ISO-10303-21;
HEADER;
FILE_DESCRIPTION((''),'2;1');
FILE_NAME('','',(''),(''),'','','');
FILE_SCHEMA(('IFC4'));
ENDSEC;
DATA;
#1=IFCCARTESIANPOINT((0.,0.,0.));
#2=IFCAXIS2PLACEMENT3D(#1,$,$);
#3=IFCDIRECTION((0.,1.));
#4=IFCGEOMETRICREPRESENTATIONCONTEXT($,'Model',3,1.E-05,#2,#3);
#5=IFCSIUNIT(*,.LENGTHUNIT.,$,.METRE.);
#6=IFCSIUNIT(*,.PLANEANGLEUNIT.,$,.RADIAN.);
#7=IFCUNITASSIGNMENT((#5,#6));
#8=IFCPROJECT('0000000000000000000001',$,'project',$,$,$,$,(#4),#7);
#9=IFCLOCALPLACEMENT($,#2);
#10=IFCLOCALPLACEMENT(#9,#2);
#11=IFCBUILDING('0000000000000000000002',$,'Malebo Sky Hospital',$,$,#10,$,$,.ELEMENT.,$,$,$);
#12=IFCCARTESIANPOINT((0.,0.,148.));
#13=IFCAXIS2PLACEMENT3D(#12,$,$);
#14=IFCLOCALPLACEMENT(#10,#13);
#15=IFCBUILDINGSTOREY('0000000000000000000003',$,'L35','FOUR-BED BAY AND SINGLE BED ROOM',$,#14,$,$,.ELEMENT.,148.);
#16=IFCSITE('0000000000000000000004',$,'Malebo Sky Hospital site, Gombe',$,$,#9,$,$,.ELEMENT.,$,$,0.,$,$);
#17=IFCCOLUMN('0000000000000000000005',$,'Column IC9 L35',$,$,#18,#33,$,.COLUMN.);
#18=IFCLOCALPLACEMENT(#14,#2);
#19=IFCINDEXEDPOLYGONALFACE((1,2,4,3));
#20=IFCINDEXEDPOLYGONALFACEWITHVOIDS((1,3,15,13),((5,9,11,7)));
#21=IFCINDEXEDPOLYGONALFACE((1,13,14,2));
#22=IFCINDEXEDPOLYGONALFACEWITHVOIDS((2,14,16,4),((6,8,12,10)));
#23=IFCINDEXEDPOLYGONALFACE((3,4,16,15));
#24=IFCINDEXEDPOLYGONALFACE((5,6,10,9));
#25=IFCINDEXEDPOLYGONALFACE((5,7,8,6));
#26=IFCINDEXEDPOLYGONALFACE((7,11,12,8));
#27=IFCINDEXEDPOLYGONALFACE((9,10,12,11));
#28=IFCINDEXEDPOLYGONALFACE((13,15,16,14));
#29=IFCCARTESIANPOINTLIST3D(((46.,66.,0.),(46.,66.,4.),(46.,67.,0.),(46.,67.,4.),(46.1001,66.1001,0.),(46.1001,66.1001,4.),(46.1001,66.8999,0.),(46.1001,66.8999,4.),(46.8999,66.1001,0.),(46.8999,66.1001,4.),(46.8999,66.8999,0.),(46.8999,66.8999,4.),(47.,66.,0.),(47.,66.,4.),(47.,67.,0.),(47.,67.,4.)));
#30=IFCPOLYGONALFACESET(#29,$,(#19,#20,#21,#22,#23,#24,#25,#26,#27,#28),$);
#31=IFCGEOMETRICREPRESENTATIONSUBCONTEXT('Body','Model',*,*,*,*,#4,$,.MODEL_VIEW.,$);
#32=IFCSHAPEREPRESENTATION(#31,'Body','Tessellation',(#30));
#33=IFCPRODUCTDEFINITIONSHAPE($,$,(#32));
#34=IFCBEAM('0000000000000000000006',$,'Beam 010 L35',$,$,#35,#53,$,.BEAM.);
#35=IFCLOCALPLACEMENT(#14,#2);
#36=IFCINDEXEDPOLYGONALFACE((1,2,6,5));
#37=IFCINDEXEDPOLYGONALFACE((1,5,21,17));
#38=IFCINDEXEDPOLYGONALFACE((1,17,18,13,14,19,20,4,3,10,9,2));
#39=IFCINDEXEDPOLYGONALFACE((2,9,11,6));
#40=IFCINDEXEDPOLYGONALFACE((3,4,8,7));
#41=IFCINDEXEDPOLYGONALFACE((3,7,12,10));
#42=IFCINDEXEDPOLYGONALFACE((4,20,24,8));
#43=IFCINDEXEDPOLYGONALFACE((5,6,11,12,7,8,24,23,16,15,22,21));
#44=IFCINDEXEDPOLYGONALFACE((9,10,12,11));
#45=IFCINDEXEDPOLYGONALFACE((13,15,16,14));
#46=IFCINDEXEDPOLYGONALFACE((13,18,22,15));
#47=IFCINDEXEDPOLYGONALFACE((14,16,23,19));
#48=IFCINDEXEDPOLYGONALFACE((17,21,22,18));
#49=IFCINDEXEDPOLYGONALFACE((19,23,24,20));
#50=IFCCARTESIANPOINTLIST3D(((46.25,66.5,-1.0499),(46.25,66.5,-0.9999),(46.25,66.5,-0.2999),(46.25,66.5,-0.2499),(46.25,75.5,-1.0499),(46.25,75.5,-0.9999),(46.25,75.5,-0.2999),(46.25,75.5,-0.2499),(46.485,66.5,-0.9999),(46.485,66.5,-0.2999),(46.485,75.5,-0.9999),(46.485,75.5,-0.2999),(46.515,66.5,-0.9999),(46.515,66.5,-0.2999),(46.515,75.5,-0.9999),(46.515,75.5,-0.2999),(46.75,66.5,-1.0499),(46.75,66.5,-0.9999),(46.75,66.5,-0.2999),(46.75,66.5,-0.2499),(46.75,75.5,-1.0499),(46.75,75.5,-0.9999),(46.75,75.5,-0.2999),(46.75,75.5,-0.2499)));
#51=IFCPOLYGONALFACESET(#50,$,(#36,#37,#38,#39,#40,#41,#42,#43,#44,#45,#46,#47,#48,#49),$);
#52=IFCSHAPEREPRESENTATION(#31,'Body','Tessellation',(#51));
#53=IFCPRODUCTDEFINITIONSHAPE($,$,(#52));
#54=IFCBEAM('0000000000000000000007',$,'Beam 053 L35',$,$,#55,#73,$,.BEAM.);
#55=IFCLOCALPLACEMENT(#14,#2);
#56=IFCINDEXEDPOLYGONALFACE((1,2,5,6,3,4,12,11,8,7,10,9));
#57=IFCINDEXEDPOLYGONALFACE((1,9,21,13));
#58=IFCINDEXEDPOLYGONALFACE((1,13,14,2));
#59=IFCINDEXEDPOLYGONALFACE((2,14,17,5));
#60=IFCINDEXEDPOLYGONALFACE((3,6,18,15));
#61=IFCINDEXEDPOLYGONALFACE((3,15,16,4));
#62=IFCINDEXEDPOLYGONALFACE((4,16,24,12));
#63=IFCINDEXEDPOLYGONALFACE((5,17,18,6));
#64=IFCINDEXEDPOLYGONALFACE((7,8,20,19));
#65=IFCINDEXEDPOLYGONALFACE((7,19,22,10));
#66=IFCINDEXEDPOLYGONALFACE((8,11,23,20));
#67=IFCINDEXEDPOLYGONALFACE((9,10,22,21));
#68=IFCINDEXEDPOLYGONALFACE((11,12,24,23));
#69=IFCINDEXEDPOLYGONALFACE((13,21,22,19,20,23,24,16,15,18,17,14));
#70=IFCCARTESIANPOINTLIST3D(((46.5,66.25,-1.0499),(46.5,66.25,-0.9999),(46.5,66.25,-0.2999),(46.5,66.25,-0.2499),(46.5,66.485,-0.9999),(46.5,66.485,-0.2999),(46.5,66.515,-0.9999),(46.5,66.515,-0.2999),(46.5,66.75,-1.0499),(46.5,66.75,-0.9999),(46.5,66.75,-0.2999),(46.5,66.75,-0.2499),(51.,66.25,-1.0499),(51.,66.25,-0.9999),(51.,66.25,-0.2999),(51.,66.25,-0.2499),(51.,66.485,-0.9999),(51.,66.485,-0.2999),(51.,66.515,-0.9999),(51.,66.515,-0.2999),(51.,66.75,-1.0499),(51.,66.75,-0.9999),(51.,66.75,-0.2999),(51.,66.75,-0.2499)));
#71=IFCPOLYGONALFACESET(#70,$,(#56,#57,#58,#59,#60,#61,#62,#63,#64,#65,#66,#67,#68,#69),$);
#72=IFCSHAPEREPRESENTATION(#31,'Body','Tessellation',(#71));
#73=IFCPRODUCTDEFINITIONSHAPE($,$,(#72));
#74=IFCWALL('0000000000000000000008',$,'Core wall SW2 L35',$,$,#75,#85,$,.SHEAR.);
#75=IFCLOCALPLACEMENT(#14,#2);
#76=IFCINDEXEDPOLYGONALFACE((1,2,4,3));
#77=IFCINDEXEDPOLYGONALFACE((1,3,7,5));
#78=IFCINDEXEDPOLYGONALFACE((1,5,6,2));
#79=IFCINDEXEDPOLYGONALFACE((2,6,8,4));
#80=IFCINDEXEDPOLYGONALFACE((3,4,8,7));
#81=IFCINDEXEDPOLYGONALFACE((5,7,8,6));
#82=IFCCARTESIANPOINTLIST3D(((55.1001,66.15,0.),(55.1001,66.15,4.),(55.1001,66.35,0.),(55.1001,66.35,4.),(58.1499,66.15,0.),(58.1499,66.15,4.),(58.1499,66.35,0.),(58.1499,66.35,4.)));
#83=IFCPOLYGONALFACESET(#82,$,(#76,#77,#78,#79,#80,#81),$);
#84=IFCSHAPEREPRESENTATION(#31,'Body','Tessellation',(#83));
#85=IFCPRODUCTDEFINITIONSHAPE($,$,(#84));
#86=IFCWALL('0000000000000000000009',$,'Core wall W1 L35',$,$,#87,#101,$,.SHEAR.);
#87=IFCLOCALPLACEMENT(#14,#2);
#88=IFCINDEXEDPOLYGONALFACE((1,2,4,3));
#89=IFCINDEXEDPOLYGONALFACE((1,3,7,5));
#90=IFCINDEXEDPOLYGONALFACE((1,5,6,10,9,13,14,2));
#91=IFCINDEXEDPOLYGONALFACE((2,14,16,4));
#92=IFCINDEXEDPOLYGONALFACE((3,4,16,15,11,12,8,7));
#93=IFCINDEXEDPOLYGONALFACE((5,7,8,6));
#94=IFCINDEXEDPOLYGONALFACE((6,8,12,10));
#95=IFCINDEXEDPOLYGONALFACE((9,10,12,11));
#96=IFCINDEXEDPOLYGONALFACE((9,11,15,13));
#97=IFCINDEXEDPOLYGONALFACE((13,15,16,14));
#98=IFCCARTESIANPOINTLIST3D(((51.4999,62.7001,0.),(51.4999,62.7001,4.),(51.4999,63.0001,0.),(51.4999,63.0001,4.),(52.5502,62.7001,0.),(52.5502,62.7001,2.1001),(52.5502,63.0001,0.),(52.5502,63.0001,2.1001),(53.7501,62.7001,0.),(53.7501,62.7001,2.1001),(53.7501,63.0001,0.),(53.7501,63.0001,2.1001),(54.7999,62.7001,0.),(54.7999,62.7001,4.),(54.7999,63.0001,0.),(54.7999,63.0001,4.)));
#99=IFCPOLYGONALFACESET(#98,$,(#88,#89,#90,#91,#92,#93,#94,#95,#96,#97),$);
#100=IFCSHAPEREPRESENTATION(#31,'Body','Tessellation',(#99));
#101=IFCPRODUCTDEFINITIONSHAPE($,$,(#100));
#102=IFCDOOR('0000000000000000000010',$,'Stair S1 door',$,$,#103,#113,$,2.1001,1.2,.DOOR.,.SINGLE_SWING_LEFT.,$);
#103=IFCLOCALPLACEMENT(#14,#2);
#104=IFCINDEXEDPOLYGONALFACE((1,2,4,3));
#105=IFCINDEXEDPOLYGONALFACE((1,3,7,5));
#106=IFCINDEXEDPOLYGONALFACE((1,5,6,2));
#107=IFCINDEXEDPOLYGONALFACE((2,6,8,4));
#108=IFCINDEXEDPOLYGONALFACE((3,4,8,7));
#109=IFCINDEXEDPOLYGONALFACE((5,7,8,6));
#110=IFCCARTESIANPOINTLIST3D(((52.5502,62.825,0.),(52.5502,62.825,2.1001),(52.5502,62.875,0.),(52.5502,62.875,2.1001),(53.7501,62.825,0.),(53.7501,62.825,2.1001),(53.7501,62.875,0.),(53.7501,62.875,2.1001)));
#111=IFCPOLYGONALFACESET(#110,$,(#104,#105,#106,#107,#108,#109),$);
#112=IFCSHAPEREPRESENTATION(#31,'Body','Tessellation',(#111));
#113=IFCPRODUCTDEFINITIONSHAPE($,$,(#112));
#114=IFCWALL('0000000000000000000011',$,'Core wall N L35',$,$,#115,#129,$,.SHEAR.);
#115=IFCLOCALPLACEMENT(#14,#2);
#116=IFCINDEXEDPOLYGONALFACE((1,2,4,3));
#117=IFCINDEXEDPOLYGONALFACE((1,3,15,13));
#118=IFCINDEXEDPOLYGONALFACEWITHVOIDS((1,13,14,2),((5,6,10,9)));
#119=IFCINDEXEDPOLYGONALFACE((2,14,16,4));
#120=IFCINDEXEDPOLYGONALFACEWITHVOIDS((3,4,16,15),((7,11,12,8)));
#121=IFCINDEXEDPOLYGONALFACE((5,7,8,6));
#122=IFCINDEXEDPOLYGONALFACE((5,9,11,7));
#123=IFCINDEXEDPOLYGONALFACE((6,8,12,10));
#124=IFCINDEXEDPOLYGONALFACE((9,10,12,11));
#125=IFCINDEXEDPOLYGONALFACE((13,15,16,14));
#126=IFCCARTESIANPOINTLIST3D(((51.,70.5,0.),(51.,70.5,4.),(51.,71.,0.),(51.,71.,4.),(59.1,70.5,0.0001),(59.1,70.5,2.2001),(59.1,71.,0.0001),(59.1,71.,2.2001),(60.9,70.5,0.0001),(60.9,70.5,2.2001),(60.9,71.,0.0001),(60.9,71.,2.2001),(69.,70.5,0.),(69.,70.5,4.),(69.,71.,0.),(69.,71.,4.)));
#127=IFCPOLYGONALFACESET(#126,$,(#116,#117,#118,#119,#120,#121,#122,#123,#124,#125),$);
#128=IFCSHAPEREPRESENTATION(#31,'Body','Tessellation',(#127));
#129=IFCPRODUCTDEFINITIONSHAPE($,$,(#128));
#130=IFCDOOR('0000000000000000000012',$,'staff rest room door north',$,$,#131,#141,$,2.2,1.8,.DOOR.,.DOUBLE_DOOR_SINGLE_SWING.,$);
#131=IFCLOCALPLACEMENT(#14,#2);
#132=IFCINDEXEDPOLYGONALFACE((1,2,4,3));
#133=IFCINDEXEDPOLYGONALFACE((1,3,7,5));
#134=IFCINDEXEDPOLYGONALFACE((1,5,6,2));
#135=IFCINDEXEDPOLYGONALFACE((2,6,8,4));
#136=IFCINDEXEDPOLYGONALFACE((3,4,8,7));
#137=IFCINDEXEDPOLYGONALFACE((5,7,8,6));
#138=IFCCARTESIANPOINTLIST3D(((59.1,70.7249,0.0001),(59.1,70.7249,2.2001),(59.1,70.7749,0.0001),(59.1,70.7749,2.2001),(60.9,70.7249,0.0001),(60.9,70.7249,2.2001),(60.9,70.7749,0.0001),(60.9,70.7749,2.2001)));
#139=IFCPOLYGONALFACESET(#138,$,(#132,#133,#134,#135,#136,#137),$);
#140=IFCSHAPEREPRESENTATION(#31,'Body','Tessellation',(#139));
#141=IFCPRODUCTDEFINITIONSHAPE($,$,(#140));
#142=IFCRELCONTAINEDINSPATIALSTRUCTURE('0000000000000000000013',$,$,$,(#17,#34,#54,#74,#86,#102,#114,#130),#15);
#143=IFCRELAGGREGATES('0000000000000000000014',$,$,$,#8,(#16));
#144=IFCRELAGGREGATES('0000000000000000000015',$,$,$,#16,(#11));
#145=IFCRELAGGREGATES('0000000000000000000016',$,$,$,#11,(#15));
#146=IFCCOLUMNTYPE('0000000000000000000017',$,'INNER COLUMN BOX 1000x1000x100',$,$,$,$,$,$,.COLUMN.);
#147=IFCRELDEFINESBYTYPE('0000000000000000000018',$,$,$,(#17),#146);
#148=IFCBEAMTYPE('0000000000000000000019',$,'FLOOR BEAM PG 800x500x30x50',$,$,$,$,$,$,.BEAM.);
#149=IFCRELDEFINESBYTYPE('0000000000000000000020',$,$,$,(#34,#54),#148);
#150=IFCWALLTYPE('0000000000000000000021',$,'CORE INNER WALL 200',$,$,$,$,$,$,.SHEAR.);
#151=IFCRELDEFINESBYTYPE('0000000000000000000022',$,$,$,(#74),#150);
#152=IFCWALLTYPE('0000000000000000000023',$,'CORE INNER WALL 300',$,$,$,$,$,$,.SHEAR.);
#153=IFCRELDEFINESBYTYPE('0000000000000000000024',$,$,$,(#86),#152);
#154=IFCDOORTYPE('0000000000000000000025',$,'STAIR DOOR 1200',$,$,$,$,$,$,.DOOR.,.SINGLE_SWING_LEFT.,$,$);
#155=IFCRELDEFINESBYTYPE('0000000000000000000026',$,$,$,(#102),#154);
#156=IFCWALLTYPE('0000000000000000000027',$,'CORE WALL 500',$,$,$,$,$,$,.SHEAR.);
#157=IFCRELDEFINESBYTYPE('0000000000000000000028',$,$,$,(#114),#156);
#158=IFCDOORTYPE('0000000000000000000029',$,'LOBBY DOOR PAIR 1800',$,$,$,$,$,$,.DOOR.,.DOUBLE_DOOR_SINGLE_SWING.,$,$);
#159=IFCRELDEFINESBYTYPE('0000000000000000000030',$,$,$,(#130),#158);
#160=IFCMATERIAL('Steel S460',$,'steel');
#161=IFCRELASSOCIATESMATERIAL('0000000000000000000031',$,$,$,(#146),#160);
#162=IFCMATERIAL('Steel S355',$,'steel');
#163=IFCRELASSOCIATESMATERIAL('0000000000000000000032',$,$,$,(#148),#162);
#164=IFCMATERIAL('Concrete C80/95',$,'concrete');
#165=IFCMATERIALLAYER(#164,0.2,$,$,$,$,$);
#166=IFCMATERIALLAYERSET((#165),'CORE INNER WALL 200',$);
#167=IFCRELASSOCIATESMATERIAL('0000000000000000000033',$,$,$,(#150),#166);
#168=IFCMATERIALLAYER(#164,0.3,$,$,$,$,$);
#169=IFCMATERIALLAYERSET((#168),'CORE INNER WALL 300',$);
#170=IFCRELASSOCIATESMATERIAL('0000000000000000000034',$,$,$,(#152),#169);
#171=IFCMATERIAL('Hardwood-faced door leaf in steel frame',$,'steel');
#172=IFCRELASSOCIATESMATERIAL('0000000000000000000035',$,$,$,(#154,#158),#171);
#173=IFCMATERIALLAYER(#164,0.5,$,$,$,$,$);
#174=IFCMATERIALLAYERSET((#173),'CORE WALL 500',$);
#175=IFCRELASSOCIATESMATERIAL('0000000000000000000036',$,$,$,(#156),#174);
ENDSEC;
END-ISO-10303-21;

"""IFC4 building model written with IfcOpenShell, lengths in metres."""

from ifc_helpers import new_model, si_unit, direction, frame, frame_2d, origin, origin_2d, place, context, subcontext, project, spatial, rectangle, hollow_rectangle, i_section, extrude, material, layer, layer_set, material_profile, profile_set, type_object, element, fill, save


model = new_model("IFC4")

# Units and contexts
model_context = context("Model", 3, precision=1e-05, world=origin(), true_north=direction((0.0, 1.0)))
body_context = subcontext(model_context, "Body", "Model", "MODEL_VIEW")
ifc_project = project(units=[si_unit("LENGTHUNIT", "METRE"), si_unit("PLANEANGLEUNIT", "RADIAN")], contexts=[model_context])

# Site, building, storey
site_placement = place(None, origin())
site = spatial("IfcSite", under=ifc_project, at=site_placement, Name="Malebo Sky Hospital site, Gombe", CompositionType="ELEMENT", RefElevation=0.0)
building_placement = place(site_placement, origin())
building = spatial("IfcBuilding", under=site, at=building_placement, Name="Malebo Sky Hospital", CompositionType="ELEMENT")
storey_placement = place(building_placement, frame((0.0, 0.0, 148.0)))
storey = spatial("IfcBuildingStorey", under=building, at=storey_placement, Name="L35", Description="FOUR-BED BAY AND SINGLE BED ROOM", CompositionType="ELEMENT", Elevation=148.0)

# Column
ifc_material_1 = material(Name="Steel S460", Category="steel")
ifc_material_profile_1 = material_profile(ifc_material_1, hollow_rectangle(XDim=1.0, YDim=1.0, WallThickness=0.1001, at=origin_2d()), Name="BOX 1000x1000x100")
ifc_profile_set_1 = profile_set([ifc_material_profile_1], Name="Steel S460")
column_type = type_object("IfcColumnType", Name="INNER COLUMN BOX 1000x1000x100", PredefinedType="COLUMN", material=ifc_profile_set_1)
column_placement = place(storey_placement, frame((46.5, 66.5, 0.0), z_axis=(0.0, 0.0, 1.0), x_axis=(1.0, 0.0, 0.0)))
element("IfcColumn", 1, at=column_placement, inside=storey, type_object=column_type, Name="Column IC9 L35", PredefinedType="COLUMN", context=body_context, shape_type="SweptSolid", body=[
    extrude(hollow_rectangle(XDim=1.0, YDim=1.0, WallThickness=0.1001, at=origin_2d()), origin(), (0.0, 0.0, 1.0), 4.0),
])

# Beams
ifc_material_2 = material(Name="Steel S355", Category="steel")
ifc_material_profile_2 = material_profile(ifc_material_2, i_section(OverallWidth=0.5, OverallDepth=0.8, WebThickness=0.03, FlangeThickness=0.05, at=origin_2d()), Name="PG 800x500x30x50")
ifc_profile_set_2 = profile_set([ifc_material_profile_2], Name="Steel S355")
beam_type = type_object("IfcBeamType", Name="FLOOR BEAM PG 800x500x30x50", PredefinedType="BEAM", material=ifc_profile_set_2)
beam_1_placement = place(storey_placement, frame((46.5, 66.5, -0.6499), z_axis=(0.0, 1.0, 0.0), x_axis=(-1.0, 0.0, 0.0)))
element("IfcBeam", 2, at=beam_1_placement, inside=storey, type_object=beam_type, Name="Beam 010 L35", PredefinedType="BEAM", context=body_context, shape_type="SweptSolid", body=[
    extrude(i_section(OverallWidth=0.5, OverallDepth=0.8, WebThickness=0.03, FlangeThickness=0.05, at=origin_2d()), origin(), (0.0, 0.0, 1.0), 9.0),
])
beam_2_placement = place(storey_placement, frame((46.5, 66.5, -0.6499), z_axis=(1.0, 0.0, 0.0), x_axis=(0.0, 1.0, 0.0)))
element("IfcBeam", 3, at=beam_2_placement, inside=storey, type_object=beam_type, Name="Beam 053 L35", PredefinedType="BEAM", context=body_context, shape_type="SweptSolid", body=[
    extrude(i_section(OverallWidth=0.5, OverallDepth=0.8, WebThickness=0.03, FlangeThickness=0.05, at=origin_2d()), origin(), (0.0, 0.0, 1.0), 4.5),
])

# Wall
ifc_material_3 = material(Name="Concrete C80/95", Category="concrete")
ifc_layer_1 = layer(ifc_material_3, 0.2)
ifc_layer_set_1 = layer_set([ifc_layer_1], Name="CORE INNER WALL 200")
wall_type_1 = type_object("IfcWallType", Name="CORE INNER WALL 200", PredefinedType="SHEAR", material=ifc_layer_set_1)
wall_1_placement = place(storey_placement, frame((55.1001, 66.25, 0.0), z_axis=(0.0, 0.0, 1.0), x_axis=(1.0, 0.0, 0.0)))
element("IfcWall", 4, at=wall_1_placement, inside=storey, type_object=wall_type_1, Name="Core wall SW2 L35", PredefinedType="SHEAR", context=body_context, shape_type="SweptSolid", body=[
    extrude(rectangle(XDim=3.0498, YDim=0.2, at=frame_2d((1.5249, 0.0))), origin(), (0.0, 0.0, 1.0), 4.0),
])

# Walls, openings, doors
ifc_layer_2 = layer(ifc_material_3, 0.3)
ifc_layer_set_2 = layer_set([ifc_layer_2], Name="CORE INNER WALL 300")
wall_type_2 = type_object("IfcWallType", Name="CORE INNER WALL 300", PredefinedType="SHEAR", material=ifc_layer_set_2)
wall_2_placement = place(storey_placement, frame((51.5, 62.8501, 0.0), z_axis=(0.0, 0.0, 1.0), x_axis=(1.0, 0.0, 0.0)))
wall_2 = element("IfcWall", 5, at=wall_2_placement, inside=storey, type_object=wall_type_2, Name="Core wall W1 L35", PredefinedType="SHEAR", context=body_context, shape_type="SweptSolid", body=[
    extrude(rectangle(XDim=3.3, YDim=0.3, at=frame_2d((1.6499, 0.0))), origin(), (0.0, 0.0, 1.0), 4.0),
])
opening_1_placement = place(wall_2_placement, frame((1.05, 0.0, 0.0)))
opening_1 = element("IfcOpeningElement", 6, at=opening_1_placement, cuts=wall_2, PredefinedType="OPENING", context=body_context, shape_type="SweptSolid", body=[
    extrude(rectangle(XDim=1.2, YDim=2.1001, at=frame_2d((0.6001, 1.05))), frame((0.0, 0.1599, 0.0), z_axis=(0.0, -1.0, 0.0), x_axis=(1.0, 0.0, 0.0)), (0.0, 0.0, 1.0), 0.3201),
])
ifc_material_4 = material(Name="Hardwood-faced door leaf in steel frame", Category="steel")
door_type_1 = type_object("IfcDoorType", Name="STAIR DOOR 1200", OperationType="SINGLE_SWING_LEFT", PredefinedType="DOOR", material=ifc_material_4)
door_1_placement = place(opening_1_placement, origin())
door_1 = element("IfcDoor", 7, at=door_1_placement, inside=storey, type_object=door_type_1, Name="Stair S1 door", OperationType="SINGLE_SWING_LEFT", OverallHeight=2.1001, OverallWidth=1.2, PredefinedType="DOOR", context=body_context, shape_type="SweptSolid", body=[
    extrude(rectangle(XDim=1.2, YDim=2.1001, at=frame_2d((0.6001, 1.05))), frame((0.0, 0.0249, 0.0), z_axis=(0.0, -1.0, 0.0), x_axis=(1.0, 0.0, 0.0)), (0.0, 0.0, 1.0), 0.05),
])
fill(opening_1, door_1)
ifc_layer_3 = layer(ifc_material_3, 0.5)
ifc_layer_set_3 = layer_set([ifc_layer_3], Name="CORE WALL 500")
wall_type_3 = type_object("IfcWallType", Name="CORE WALL 500", PredefinedType="SHEAR", material=ifc_layer_set_3)
wall_3_placement = place(storey_placement, frame((51.0, 70.75, 0.0), z_axis=(0.0, 0.0, 1.0), x_axis=(1.0, 0.0, 0.0)))
wall_3 = element("IfcWall", 8, at=wall_3_placement, inside=storey, type_object=wall_type_3, Name="Core wall N L35", PredefinedType="SHEAR", context=body_context, shape_type="SweptSolid", body=[
    extrude(rectangle(XDim=18.0, YDim=0.5, at=frame_2d((9.0, 0.0))), origin(), (0.0, 0.0, 1.0), 4.0),
])
opening_2_placement = place(wall_3_placement, frame((8.1001, 0.0, 0.0)))
opening_2 = element("IfcOpeningElement", 9, at=opening_2_placement, cuts=wall_3, PredefinedType="OPENING", context=body_context, shape_type="SweptSolid", body=[
    extrude(rectangle(XDim=1.8, YDim=2.2, at=frame_2d((0.8999, 1.1001))), frame((0.0, 0.26, 0.0), z_axis=(0.0, -1.0, 0.0), x_axis=(1.0, 0.0, 0.0)), (0.0, 0.0, 1.0), 0.52),
])
door_type_2 = type_object("IfcDoorType", Name="LOBBY DOOR PAIR 1800", OperationType="DOUBLE_DOOR_SINGLE_SWING", PredefinedType="DOOR", material=ifc_material_4)
door_2_placement = place(opening_2_placement, origin())
door_2 = element("IfcDoor", 10, at=door_2_placement, inside=storey, type_object=door_type_2, Name="staff rest room door north", OperationType="DOUBLE_DOOR_SINGLE_SWING", OverallHeight=2.2, OverallWidth=1.8, PredefinedType="DOOR", context=body_context, shape_type="SweptSolid", body=[
    extrude(rectangle(XDim=1.8, YDim=2.2, at=frame_2d((0.8999, 1.1001))), frame((0.0, 0.0249, 0.0), z_axis=(0.0, -1.0, 0.0), x_axis=(1.0, 0.0, 0.0)), (0.0, 0.0, 1.0), 0.05),
])
fill(opening_2, door_2)

save(model, "model.ifc")
